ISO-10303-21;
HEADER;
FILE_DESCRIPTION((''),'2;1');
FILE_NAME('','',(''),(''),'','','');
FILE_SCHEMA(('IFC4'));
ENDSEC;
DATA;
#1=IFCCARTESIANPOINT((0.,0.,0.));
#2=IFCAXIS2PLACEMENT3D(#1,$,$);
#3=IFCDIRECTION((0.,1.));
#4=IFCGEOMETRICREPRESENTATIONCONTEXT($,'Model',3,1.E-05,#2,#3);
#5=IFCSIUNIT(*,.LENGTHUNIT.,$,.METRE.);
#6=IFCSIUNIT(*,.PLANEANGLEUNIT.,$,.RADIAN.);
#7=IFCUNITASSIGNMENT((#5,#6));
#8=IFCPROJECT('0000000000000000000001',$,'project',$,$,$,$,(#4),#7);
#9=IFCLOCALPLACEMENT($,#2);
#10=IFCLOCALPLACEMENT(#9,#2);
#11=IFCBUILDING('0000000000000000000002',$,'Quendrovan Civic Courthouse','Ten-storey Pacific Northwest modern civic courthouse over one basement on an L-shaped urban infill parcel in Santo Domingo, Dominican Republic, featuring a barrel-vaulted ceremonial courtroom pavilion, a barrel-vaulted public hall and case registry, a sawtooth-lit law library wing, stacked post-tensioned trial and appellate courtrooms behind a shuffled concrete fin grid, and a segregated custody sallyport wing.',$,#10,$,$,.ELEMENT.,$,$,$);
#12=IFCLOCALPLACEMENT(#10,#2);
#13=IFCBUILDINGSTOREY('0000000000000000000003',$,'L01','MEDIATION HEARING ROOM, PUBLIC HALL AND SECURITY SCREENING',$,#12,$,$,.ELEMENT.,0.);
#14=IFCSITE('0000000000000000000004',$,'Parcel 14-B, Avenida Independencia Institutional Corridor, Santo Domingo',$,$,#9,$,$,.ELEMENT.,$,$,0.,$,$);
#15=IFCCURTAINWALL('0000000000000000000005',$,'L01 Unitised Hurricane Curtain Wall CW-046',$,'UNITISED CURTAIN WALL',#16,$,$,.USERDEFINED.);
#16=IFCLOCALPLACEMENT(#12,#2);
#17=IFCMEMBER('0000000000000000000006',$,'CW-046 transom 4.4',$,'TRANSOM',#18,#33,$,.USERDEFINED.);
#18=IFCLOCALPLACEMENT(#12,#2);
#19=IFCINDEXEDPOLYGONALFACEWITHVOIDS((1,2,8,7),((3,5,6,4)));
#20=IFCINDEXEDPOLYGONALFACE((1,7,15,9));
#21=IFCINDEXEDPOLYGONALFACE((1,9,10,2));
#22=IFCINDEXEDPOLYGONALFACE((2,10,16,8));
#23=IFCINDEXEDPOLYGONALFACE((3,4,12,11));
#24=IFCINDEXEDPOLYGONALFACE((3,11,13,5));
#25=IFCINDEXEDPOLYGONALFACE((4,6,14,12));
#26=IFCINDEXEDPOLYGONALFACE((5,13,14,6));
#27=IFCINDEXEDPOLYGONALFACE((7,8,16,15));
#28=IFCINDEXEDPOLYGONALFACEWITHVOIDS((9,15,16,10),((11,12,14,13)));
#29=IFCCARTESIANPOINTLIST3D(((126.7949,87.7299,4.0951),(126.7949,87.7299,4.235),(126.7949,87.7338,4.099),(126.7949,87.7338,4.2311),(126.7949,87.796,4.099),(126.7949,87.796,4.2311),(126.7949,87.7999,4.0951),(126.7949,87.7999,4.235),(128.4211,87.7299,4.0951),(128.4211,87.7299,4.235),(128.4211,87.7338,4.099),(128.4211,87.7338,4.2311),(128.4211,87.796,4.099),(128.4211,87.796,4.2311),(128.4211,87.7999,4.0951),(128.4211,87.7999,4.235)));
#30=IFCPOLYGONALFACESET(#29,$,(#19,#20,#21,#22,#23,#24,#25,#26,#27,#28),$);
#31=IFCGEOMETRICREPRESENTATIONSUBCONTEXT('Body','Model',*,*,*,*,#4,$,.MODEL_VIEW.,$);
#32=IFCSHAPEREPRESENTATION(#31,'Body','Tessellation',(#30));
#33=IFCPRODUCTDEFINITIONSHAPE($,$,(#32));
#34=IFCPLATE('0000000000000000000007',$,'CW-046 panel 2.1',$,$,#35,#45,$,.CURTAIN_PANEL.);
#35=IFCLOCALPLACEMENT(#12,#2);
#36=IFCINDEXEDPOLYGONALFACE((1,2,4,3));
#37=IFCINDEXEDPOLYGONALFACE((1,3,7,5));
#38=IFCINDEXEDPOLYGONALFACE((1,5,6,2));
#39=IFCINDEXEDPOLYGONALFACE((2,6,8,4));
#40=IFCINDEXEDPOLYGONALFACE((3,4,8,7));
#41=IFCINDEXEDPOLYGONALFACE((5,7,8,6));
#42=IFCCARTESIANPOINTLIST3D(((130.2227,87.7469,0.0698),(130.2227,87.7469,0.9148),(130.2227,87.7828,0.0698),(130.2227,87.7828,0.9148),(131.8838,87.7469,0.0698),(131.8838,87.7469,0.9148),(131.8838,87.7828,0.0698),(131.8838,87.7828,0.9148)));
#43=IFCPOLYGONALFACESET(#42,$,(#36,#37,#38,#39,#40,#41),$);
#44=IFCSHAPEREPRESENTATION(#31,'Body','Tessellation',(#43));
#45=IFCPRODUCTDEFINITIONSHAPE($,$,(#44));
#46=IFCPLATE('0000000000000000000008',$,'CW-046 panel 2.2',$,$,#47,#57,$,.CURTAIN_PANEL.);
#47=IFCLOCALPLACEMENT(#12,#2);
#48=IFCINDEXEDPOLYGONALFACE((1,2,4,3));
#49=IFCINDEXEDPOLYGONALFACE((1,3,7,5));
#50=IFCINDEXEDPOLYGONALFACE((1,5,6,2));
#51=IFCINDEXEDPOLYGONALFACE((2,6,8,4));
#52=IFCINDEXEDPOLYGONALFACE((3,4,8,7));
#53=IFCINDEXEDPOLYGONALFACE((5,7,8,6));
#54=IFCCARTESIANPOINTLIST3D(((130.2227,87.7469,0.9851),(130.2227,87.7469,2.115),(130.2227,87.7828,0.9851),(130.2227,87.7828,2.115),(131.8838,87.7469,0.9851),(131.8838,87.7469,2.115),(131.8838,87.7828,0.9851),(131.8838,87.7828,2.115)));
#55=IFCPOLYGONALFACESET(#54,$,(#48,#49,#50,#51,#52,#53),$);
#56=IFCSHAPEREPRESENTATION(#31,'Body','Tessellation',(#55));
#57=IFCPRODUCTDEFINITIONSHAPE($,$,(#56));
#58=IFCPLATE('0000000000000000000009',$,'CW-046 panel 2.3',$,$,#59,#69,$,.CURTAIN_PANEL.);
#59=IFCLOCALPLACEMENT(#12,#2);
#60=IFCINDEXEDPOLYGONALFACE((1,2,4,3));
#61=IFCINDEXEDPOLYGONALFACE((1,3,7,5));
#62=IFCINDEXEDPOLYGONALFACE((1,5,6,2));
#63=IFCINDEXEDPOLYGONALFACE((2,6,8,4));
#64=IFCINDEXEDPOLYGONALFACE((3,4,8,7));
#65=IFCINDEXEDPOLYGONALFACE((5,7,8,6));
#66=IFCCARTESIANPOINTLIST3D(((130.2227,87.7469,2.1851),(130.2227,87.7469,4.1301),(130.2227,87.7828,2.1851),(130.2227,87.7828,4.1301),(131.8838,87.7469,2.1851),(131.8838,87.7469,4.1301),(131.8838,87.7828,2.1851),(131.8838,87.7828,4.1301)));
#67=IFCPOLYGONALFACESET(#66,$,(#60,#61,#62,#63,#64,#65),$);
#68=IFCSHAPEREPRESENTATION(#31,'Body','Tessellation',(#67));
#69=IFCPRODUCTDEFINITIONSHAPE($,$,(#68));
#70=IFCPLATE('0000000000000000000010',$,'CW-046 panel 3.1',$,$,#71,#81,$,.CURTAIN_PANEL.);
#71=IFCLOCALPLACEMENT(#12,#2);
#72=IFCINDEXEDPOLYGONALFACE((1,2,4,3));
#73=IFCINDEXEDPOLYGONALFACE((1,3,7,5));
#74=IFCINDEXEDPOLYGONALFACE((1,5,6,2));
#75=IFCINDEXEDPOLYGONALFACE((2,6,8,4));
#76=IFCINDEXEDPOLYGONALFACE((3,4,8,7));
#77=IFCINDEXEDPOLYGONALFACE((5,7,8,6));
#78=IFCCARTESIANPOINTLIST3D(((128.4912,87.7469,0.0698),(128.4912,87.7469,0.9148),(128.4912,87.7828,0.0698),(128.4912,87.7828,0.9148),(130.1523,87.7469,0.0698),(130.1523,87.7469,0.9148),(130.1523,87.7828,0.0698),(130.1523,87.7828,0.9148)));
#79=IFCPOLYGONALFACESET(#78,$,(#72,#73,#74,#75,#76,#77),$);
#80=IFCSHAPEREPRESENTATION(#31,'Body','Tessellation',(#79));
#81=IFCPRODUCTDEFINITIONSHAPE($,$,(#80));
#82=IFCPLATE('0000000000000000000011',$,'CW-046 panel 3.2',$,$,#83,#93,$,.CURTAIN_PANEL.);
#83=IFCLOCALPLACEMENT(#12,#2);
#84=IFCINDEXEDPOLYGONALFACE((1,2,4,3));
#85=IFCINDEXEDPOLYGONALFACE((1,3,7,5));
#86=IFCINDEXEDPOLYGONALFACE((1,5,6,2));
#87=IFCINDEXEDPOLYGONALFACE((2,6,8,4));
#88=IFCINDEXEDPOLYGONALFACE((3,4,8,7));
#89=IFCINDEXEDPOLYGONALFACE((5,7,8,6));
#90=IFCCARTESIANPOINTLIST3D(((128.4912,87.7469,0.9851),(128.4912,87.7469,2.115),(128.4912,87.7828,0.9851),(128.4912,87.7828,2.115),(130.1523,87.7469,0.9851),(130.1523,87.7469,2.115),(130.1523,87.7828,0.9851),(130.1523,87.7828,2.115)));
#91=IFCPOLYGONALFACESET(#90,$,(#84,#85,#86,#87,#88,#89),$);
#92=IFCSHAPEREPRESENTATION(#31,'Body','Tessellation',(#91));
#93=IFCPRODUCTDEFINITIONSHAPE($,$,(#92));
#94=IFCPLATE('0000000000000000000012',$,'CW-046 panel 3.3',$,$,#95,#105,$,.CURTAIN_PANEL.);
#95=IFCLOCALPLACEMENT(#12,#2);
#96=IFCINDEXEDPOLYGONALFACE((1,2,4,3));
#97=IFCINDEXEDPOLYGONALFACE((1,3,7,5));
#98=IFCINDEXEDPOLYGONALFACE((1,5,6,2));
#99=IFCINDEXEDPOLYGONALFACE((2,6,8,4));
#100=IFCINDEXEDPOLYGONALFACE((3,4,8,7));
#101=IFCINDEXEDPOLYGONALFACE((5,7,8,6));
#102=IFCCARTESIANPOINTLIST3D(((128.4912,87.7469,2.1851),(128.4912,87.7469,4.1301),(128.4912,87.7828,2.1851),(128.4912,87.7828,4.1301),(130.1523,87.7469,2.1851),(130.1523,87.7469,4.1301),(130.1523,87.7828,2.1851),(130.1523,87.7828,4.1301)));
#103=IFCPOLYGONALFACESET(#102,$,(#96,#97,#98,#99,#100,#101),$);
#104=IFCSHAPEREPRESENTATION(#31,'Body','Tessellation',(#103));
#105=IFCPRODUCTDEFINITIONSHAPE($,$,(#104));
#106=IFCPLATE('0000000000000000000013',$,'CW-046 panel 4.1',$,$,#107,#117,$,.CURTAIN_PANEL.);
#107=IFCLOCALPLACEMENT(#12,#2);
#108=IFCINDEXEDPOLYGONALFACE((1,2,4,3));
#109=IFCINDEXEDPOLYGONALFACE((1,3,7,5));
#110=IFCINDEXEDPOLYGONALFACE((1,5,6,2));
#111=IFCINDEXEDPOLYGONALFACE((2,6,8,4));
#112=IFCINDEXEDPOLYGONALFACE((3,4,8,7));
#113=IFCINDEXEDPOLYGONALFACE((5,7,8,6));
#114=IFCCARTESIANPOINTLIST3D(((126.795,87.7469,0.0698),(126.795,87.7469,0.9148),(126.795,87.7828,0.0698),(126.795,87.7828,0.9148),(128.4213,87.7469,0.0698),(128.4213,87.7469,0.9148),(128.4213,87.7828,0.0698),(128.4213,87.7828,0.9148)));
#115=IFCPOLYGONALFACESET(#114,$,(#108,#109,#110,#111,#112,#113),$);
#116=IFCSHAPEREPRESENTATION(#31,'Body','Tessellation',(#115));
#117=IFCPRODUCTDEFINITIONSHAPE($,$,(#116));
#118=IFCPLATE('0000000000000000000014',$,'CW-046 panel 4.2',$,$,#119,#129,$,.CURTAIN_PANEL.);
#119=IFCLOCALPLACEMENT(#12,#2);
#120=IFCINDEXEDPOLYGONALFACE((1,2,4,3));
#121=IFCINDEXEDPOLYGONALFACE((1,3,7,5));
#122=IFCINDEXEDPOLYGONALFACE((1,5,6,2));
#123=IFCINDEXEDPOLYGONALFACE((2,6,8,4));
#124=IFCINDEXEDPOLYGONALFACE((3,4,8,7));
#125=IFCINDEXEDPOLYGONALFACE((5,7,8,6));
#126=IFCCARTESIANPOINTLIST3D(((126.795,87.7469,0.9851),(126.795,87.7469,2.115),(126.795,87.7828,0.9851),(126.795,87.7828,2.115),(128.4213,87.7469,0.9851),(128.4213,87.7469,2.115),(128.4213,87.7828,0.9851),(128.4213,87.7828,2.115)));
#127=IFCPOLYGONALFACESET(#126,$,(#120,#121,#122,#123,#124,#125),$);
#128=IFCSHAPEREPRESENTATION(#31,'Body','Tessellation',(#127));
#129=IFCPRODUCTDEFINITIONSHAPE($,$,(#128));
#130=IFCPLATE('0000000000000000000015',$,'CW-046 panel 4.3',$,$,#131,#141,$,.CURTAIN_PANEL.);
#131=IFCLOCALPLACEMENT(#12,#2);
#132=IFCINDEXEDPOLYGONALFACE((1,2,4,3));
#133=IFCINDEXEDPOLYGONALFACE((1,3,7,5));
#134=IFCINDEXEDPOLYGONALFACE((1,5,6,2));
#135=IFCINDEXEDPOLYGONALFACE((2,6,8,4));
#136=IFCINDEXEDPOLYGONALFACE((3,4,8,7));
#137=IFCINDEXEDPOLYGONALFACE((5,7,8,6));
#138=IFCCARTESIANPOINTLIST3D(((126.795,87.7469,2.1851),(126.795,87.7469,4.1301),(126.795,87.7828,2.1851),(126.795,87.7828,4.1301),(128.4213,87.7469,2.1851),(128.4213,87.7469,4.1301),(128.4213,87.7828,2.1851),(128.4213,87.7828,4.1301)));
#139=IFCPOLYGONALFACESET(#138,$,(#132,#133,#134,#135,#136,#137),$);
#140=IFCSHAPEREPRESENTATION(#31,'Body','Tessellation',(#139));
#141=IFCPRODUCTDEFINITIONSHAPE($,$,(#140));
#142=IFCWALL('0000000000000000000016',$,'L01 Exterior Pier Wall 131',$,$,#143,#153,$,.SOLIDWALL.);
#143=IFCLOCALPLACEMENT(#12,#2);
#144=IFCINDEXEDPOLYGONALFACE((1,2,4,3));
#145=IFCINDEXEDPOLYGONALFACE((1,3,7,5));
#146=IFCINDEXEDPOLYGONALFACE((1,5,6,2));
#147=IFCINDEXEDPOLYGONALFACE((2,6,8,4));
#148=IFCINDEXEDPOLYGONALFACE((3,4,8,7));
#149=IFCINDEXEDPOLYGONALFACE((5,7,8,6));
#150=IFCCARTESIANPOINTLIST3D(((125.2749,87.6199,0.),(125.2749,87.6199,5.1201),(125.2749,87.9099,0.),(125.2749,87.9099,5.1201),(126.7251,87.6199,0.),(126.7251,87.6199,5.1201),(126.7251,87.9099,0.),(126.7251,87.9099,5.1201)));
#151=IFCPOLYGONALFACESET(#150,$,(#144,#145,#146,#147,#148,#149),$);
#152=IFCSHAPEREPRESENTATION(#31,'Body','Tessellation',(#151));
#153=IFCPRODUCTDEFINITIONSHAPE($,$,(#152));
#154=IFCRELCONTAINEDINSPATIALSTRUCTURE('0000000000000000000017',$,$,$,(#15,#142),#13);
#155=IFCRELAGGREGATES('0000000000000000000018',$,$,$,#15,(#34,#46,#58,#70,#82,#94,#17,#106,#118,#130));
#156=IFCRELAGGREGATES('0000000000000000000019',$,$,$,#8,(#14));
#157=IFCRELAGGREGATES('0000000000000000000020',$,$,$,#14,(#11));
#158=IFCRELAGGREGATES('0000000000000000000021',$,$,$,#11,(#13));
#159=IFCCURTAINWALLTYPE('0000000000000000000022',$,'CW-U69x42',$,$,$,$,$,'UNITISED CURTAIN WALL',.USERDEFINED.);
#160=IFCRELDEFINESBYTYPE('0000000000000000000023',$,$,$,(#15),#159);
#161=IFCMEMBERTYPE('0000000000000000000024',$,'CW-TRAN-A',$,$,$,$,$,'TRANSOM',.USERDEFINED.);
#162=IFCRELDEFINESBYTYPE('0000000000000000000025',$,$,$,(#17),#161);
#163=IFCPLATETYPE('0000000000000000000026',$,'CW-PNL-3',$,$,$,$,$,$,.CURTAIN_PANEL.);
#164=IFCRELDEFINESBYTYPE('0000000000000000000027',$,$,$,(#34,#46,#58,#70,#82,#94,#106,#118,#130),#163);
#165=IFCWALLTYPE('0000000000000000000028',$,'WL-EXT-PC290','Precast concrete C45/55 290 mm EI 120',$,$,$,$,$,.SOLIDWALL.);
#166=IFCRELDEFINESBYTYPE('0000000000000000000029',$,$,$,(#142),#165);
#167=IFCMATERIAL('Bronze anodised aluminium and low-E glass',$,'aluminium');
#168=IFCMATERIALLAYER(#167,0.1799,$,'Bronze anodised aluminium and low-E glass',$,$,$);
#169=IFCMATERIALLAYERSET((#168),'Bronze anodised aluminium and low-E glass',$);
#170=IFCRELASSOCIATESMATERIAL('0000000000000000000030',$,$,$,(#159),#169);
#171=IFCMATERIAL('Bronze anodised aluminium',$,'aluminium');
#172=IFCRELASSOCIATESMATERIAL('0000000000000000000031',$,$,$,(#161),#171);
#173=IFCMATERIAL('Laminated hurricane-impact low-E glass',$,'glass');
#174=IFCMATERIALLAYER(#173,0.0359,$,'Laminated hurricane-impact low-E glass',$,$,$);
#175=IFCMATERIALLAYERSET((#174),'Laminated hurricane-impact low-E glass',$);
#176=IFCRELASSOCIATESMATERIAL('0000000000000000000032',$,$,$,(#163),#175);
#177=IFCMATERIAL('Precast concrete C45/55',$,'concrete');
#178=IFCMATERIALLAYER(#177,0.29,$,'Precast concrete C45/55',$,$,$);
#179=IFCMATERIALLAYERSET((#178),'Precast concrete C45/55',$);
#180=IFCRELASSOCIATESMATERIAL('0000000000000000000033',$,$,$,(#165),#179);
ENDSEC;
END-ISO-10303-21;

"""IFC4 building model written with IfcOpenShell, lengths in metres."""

from ifc_helpers import new_model, si_unit, direction, frame, frame_2d, origin, origin_2d, place, context, subcontext, project, spatial, rectangle, hollow_rectangle, extrude, material, layer, layer_set, material_profile, profile_set, type_object, element, aggregate, save


model = new_model("IFC4")

# Units and contexts
model_context = context("Model", 3, precision=1e-05, world=origin(), true_north=direction((0.0, 1.0)))
body_context = subcontext(model_context, "Body", "Model", "MODEL_VIEW")
ifc_project = project(units=[si_unit("LENGTHUNIT", "METRE"), si_unit("PLANEANGLEUNIT", "RADIAN")], contexts=[model_context])

# Site, building, storey
site_placement = place(None, origin())
site = spatial("IfcSite", under=ifc_project, at=site_placement, Name="Parcel 14-B, Avenida Independencia Institutional Corridor, Santo Domingo", CompositionType="ELEMENT", RefElevation=0.0)
building_placement = place(site_placement, origin())
building = spatial("IfcBuilding", under=site, at=building_placement, Name="Quendrovan Civic Courthouse", Description="Ten-storey Pacific Northwest modern civic courthouse over one basement on an L-shaped urban infill parcel in Santo Domingo, Dominican Republic, featuring a barrel-vaulted ceremonial courtroom pavilion, a barrel-vaulted public hall and case registry, a sawtooth-lit law library wing, stacked post-tensioned trial and appellate courtrooms behind a shuffled concrete fin grid, and a segregated custody sallyport wing.", CompositionType="ELEMENT")
storey_placement = place(building_placement, origin())
storey = spatial("IfcBuildingStorey", under=building, at=storey_placement, Name="L01", Description="MEDIATION HEARING ROOM, PUBLIC HALL AND SECURITY SCREENING", CompositionType="ELEMENT", Elevation=0.0)

# Curtain wall, member, plates
ifc_material_1 = material(Name="Bronze anodised aluminium and low-E glass", Category="aluminium")
ifc_layer_1 = layer(ifc_material_1, 0.1799, Name="Bronze anodised aluminium and low-E glass")
ifc_layer_set_1 = layer_set([ifc_layer_1], Name="Bronze anodised aluminium and low-E glass")
curtain_wall_type = type_object("IfcCurtainWallType", Name="CW-U69x42", ElementType="UNITISED CURTAIN WALL", PredefinedType="USERDEFINED", material=ifc_layer_set_1)
curtain_wall_placement = place(storey_placement, origin())
curtain_wall = element("IfcCurtainWall", 1, at=curtain_wall_placement, inside=storey, type_object=curtain_wall_type, Name="L01 Unitised Hurricane Curtain Wall CW-046", ObjectType="UNITISED CURTAIN WALL", PredefinedType="USERDEFINED")
ifc_material_2 = material(Name="Bronze anodised aluminium", Category="aluminium")
ifc_material_profile_1 = material_profile(ifc_material_2, hollow_rectangle(XDim=0.0701, YDim=0.1399, WallThickness=0.0039, at=origin_2d()), Name="CW-TRAN-70x140")
ifc_profile_set_1 = profile_set([ifc_material_profile_1], Name="Bronze anodised aluminium")
member_type_1 = type_object("IfcMemberType", Name="CW-TRAN-A", ElementType="TRANSOM", PredefinedType="USERDEFINED", material=ifc_profile_set_1)
member_1_placement = place(storey_placement, frame((128.4211, 87.7649, 4.165), z_axis=(-1.0, 0.0, 0.0), x_axis=(0.0, -1.0, 0.0)))
member_1 = element("IfcMember", 2, at=member_1_placement, type_object=member_type_1, Name="CW-046 transom 4.4", ObjectType="TRANSOM", PredefinedType="USERDEFINED", context=body_context, shape_type="SweptSolid", body=[
    extrude(hollow_rectangle(XDim=0.0701, YDim=0.1399, WallThickness=0.0039, at=origin_2d()), origin(), (0.0, 0.0, 1.0), 1.6262),
])
ifc_material_3 = material(Name="Laminated hurricane-impact low-E glass", Category="glass")
ifc_layer_2 = layer(ifc_material_3, 0.0359, Name="Laminated hurricane-impact low-E glass")
ifc_layer_set_2 = layer_set([ifc_layer_2], Name="Laminated hurricane-impact low-E glass")
plate_type = type_object("IfcPlateType", Name="CW-PNL-3", PredefinedType="CURTAIN_PANEL", material=ifc_layer_set_2)
plate_1_placement = place(storey_placement, frame((131.0532, 87.7649, 0.0698), z_axis=(0.0, 0.0, 1.0), x_axis=(-1.0, 0.0, 0.0)))
plate_1 = element("IfcPlate", 3, at=plate_1_placement, type_object=plate_type, Name="CW-046 panel 2.1", PredefinedType="CURTAIN_PANEL", context=body_context, shape_type="SweptSolid", body=[
    extrude(rectangle(XDim=1.6611, YDim=0.0359, at=origin_2d()), origin(), (0.0, 0.0, 1.0), 0.845),
])
plate_2_placement = place(storey_placement, frame((131.0532, 87.7649, 0.9851), z_axis=(0.0, 0.0, 1.0), x_axis=(-1.0, 0.0, 0.0)))
plate_2 = element("IfcPlate", 4, at=plate_2_placement, type_object=plate_type, Name="CW-046 panel 2.2", PredefinedType="CURTAIN_PANEL", context=body_context, shape_type="SweptSolid", body=[
    extrude(rectangle(XDim=1.6611, YDim=0.0359, at=origin_2d()), origin(), (0.0, 0.0, 1.0), 1.1299),
])
plate_3_placement = place(storey_placement, frame((131.0532, 87.7649, 2.1851), z_axis=(0.0, 0.0, 1.0), x_axis=(-1.0, 0.0, 0.0)))
plate_3 = element("IfcPlate", 5, at=plate_3_placement, type_object=plate_type, Name="CW-046 panel 2.3", PredefinedType="CURTAIN_PANEL", context=body_context, shape_type="SweptSolid", body=[
    extrude(rectangle(XDim=1.6611, YDim=0.0359, at=origin_2d()), origin(), (0.0, 0.0, 1.0), 1.9451),
])
plate_4_placement = place(storey_placement, frame((129.3218, 87.7649, 0.0698), z_axis=(0.0, 0.0, 1.0), x_axis=(-1.0, 0.0, 0.0)))
plate_4 = element("IfcPlate", 6, at=plate_4_placement, type_object=plate_type, Name="CW-046 panel 3.1", PredefinedType="CURTAIN_PANEL", context=body_context, shape_type="SweptSolid", body=[
    extrude(rectangle(XDim=1.6611, YDim=0.0359, at=origin_2d()), origin(), (0.0, 0.0, 1.0), 0.845),
])
plate_5_placement = place(storey_placement, frame((129.3218, 87.7649, 0.9851), z_axis=(0.0, 0.0, 1.0), x_axis=(-1.0, 0.0, 0.0)))
plate_5 = element("IfcPlate", 7, at=plate_5_placement, type_object=plate_type, Name="CW-046 panel 3.2", PredefinedType="CURTAIN_PANEL", context=body_context, shape_type="SweptSolid", body=[
    extrude(rectangle(XDim=1.6611, YDim=0.0359, at=origin_2d()), origin(), (0.0, 0.0, 1.0), 1.1299),
])
plate_6_placement = place(storey_placement, frame((129.3218, 87.7649, 2.1851), z_axis=(0.0, 0.0, 1.0), x_axis=(-1.0, 0.0, 0.0)))
plate_6 = element("IfcPlate", 8, at=plate_6_placement, type_object=plate_type, Name="CW-046 panel 3.3", PredefinedType="CURTAIN_PANEL", context=body_context, shape_type="SweptSolid", body=[
    extrude(rectangle(XDim=1.6611, YDim=0.0359, at=origin_2d()), origin(), (0.0, 0.0, 1.0), 1.9451),
])
plate_7_placement = place(storey_placement, frame((127.6082, 87.7649, 0.0698), z_axis=(0.0, 0.0, 1.0), x_axis=(-1.0, 0.0, 0.0)))
plate_7 = element("IfcPlate", 9, at=plate_7_placement, type_object=plate_type, Name="CW-046 panel 4.1", PredefinedType="CURTAIN_PANEL", context=body_context, shape_type="SweptSolid", body=[
    extrude(rectangle(XDim=1.6262, YDim=0.0359, at=origin_2d()), origin(), (0.0, 0.0, 1.0), 0.845),
])
plate_8_placement = place(storey_placement, frame((127.6082, 87.7649, 0.9851), z_axis=(0.0, 0.0, 1.0), x_axis=(-1.0, 0.0, 0.0)))
plate_8 = element("IfcPlate", 10, at=plate_8_placement, type_object=plate_type, Name="CW-046 panel 4.2", PredefinedType="CURTAIN_PANEL", context=body_context, shape_type="SweptSolid", body=[
    extrude(rectangle(XDim=1.6262, YDim=0.0359, at=origin_2d()), origin(), (0.0, 0.0, 1.0), 1.1299),
])
plate_9_placement = place(storey_placement, frame((127.6082, 87.7649, 2.1851), z_axis=(0.0, 0.0, 1.0), x_axis=(-1.0, 0.0, 0.0)))
plate_9 = element("IfcPlate", 11, at=plate_9_placement, type_object=plate_type, Name="CW-046 panel 4.3", PredefinedType="CURTAIN_PANEL", context=body_context, shape_type="SweptSolid", body=[
    extrude(rectangle(XDim=1.6262, YDim=0.0359, at=origin_2d()), origin(), (0.0, 0.0, 1.0), 1.9451),
])
aggregate(curtain_wall, [plate_1, plate_2, plate_3, plate_4, plate_5, plate_6, member_1, plate_7, plate_8, plate_9])

# Wall
ifc_material_4 = material(Name="Precast concrete C45/55", Category="concrete")
ifc_layer_3 = layer(ifc_material_4, 0.29, Name="Precast concrete C45/55")
ifc_layer_set_3 = layer_set([ifc_layer_3], Name="Precast concrete C45/55")
wall_type = type_object("IfcWallType", Name="WL-EXT-PC290", Description="Precast concrete C45/55 290 mm EI 120", PredefinedType="SOLIDWALL", material=ifc_layer_set_3)
wall_placement = place(storey_placement, frame((126.7251, 87.7649, 0.0), z_axis=(0.0, 0.0, 1.0), x_axis=(-1.0, 0.0, 0.0)))
element("IfcWall", 12, at=wall_placement, inside=storey, type_object=wall_type, Name="L01 Exterior Pier Wall 131", PredefinedType="SOLIDWALL", context=body_context, shape_type="SweptSolid", body=[
    extrude(rectangle(XDim=1.4502, YDim=0.29, at=frame_2d((0.7251, 0.0))), origin(), (0.0, 0.0, 1.0), 5.1201),
])

save(model, "model.ifc")
